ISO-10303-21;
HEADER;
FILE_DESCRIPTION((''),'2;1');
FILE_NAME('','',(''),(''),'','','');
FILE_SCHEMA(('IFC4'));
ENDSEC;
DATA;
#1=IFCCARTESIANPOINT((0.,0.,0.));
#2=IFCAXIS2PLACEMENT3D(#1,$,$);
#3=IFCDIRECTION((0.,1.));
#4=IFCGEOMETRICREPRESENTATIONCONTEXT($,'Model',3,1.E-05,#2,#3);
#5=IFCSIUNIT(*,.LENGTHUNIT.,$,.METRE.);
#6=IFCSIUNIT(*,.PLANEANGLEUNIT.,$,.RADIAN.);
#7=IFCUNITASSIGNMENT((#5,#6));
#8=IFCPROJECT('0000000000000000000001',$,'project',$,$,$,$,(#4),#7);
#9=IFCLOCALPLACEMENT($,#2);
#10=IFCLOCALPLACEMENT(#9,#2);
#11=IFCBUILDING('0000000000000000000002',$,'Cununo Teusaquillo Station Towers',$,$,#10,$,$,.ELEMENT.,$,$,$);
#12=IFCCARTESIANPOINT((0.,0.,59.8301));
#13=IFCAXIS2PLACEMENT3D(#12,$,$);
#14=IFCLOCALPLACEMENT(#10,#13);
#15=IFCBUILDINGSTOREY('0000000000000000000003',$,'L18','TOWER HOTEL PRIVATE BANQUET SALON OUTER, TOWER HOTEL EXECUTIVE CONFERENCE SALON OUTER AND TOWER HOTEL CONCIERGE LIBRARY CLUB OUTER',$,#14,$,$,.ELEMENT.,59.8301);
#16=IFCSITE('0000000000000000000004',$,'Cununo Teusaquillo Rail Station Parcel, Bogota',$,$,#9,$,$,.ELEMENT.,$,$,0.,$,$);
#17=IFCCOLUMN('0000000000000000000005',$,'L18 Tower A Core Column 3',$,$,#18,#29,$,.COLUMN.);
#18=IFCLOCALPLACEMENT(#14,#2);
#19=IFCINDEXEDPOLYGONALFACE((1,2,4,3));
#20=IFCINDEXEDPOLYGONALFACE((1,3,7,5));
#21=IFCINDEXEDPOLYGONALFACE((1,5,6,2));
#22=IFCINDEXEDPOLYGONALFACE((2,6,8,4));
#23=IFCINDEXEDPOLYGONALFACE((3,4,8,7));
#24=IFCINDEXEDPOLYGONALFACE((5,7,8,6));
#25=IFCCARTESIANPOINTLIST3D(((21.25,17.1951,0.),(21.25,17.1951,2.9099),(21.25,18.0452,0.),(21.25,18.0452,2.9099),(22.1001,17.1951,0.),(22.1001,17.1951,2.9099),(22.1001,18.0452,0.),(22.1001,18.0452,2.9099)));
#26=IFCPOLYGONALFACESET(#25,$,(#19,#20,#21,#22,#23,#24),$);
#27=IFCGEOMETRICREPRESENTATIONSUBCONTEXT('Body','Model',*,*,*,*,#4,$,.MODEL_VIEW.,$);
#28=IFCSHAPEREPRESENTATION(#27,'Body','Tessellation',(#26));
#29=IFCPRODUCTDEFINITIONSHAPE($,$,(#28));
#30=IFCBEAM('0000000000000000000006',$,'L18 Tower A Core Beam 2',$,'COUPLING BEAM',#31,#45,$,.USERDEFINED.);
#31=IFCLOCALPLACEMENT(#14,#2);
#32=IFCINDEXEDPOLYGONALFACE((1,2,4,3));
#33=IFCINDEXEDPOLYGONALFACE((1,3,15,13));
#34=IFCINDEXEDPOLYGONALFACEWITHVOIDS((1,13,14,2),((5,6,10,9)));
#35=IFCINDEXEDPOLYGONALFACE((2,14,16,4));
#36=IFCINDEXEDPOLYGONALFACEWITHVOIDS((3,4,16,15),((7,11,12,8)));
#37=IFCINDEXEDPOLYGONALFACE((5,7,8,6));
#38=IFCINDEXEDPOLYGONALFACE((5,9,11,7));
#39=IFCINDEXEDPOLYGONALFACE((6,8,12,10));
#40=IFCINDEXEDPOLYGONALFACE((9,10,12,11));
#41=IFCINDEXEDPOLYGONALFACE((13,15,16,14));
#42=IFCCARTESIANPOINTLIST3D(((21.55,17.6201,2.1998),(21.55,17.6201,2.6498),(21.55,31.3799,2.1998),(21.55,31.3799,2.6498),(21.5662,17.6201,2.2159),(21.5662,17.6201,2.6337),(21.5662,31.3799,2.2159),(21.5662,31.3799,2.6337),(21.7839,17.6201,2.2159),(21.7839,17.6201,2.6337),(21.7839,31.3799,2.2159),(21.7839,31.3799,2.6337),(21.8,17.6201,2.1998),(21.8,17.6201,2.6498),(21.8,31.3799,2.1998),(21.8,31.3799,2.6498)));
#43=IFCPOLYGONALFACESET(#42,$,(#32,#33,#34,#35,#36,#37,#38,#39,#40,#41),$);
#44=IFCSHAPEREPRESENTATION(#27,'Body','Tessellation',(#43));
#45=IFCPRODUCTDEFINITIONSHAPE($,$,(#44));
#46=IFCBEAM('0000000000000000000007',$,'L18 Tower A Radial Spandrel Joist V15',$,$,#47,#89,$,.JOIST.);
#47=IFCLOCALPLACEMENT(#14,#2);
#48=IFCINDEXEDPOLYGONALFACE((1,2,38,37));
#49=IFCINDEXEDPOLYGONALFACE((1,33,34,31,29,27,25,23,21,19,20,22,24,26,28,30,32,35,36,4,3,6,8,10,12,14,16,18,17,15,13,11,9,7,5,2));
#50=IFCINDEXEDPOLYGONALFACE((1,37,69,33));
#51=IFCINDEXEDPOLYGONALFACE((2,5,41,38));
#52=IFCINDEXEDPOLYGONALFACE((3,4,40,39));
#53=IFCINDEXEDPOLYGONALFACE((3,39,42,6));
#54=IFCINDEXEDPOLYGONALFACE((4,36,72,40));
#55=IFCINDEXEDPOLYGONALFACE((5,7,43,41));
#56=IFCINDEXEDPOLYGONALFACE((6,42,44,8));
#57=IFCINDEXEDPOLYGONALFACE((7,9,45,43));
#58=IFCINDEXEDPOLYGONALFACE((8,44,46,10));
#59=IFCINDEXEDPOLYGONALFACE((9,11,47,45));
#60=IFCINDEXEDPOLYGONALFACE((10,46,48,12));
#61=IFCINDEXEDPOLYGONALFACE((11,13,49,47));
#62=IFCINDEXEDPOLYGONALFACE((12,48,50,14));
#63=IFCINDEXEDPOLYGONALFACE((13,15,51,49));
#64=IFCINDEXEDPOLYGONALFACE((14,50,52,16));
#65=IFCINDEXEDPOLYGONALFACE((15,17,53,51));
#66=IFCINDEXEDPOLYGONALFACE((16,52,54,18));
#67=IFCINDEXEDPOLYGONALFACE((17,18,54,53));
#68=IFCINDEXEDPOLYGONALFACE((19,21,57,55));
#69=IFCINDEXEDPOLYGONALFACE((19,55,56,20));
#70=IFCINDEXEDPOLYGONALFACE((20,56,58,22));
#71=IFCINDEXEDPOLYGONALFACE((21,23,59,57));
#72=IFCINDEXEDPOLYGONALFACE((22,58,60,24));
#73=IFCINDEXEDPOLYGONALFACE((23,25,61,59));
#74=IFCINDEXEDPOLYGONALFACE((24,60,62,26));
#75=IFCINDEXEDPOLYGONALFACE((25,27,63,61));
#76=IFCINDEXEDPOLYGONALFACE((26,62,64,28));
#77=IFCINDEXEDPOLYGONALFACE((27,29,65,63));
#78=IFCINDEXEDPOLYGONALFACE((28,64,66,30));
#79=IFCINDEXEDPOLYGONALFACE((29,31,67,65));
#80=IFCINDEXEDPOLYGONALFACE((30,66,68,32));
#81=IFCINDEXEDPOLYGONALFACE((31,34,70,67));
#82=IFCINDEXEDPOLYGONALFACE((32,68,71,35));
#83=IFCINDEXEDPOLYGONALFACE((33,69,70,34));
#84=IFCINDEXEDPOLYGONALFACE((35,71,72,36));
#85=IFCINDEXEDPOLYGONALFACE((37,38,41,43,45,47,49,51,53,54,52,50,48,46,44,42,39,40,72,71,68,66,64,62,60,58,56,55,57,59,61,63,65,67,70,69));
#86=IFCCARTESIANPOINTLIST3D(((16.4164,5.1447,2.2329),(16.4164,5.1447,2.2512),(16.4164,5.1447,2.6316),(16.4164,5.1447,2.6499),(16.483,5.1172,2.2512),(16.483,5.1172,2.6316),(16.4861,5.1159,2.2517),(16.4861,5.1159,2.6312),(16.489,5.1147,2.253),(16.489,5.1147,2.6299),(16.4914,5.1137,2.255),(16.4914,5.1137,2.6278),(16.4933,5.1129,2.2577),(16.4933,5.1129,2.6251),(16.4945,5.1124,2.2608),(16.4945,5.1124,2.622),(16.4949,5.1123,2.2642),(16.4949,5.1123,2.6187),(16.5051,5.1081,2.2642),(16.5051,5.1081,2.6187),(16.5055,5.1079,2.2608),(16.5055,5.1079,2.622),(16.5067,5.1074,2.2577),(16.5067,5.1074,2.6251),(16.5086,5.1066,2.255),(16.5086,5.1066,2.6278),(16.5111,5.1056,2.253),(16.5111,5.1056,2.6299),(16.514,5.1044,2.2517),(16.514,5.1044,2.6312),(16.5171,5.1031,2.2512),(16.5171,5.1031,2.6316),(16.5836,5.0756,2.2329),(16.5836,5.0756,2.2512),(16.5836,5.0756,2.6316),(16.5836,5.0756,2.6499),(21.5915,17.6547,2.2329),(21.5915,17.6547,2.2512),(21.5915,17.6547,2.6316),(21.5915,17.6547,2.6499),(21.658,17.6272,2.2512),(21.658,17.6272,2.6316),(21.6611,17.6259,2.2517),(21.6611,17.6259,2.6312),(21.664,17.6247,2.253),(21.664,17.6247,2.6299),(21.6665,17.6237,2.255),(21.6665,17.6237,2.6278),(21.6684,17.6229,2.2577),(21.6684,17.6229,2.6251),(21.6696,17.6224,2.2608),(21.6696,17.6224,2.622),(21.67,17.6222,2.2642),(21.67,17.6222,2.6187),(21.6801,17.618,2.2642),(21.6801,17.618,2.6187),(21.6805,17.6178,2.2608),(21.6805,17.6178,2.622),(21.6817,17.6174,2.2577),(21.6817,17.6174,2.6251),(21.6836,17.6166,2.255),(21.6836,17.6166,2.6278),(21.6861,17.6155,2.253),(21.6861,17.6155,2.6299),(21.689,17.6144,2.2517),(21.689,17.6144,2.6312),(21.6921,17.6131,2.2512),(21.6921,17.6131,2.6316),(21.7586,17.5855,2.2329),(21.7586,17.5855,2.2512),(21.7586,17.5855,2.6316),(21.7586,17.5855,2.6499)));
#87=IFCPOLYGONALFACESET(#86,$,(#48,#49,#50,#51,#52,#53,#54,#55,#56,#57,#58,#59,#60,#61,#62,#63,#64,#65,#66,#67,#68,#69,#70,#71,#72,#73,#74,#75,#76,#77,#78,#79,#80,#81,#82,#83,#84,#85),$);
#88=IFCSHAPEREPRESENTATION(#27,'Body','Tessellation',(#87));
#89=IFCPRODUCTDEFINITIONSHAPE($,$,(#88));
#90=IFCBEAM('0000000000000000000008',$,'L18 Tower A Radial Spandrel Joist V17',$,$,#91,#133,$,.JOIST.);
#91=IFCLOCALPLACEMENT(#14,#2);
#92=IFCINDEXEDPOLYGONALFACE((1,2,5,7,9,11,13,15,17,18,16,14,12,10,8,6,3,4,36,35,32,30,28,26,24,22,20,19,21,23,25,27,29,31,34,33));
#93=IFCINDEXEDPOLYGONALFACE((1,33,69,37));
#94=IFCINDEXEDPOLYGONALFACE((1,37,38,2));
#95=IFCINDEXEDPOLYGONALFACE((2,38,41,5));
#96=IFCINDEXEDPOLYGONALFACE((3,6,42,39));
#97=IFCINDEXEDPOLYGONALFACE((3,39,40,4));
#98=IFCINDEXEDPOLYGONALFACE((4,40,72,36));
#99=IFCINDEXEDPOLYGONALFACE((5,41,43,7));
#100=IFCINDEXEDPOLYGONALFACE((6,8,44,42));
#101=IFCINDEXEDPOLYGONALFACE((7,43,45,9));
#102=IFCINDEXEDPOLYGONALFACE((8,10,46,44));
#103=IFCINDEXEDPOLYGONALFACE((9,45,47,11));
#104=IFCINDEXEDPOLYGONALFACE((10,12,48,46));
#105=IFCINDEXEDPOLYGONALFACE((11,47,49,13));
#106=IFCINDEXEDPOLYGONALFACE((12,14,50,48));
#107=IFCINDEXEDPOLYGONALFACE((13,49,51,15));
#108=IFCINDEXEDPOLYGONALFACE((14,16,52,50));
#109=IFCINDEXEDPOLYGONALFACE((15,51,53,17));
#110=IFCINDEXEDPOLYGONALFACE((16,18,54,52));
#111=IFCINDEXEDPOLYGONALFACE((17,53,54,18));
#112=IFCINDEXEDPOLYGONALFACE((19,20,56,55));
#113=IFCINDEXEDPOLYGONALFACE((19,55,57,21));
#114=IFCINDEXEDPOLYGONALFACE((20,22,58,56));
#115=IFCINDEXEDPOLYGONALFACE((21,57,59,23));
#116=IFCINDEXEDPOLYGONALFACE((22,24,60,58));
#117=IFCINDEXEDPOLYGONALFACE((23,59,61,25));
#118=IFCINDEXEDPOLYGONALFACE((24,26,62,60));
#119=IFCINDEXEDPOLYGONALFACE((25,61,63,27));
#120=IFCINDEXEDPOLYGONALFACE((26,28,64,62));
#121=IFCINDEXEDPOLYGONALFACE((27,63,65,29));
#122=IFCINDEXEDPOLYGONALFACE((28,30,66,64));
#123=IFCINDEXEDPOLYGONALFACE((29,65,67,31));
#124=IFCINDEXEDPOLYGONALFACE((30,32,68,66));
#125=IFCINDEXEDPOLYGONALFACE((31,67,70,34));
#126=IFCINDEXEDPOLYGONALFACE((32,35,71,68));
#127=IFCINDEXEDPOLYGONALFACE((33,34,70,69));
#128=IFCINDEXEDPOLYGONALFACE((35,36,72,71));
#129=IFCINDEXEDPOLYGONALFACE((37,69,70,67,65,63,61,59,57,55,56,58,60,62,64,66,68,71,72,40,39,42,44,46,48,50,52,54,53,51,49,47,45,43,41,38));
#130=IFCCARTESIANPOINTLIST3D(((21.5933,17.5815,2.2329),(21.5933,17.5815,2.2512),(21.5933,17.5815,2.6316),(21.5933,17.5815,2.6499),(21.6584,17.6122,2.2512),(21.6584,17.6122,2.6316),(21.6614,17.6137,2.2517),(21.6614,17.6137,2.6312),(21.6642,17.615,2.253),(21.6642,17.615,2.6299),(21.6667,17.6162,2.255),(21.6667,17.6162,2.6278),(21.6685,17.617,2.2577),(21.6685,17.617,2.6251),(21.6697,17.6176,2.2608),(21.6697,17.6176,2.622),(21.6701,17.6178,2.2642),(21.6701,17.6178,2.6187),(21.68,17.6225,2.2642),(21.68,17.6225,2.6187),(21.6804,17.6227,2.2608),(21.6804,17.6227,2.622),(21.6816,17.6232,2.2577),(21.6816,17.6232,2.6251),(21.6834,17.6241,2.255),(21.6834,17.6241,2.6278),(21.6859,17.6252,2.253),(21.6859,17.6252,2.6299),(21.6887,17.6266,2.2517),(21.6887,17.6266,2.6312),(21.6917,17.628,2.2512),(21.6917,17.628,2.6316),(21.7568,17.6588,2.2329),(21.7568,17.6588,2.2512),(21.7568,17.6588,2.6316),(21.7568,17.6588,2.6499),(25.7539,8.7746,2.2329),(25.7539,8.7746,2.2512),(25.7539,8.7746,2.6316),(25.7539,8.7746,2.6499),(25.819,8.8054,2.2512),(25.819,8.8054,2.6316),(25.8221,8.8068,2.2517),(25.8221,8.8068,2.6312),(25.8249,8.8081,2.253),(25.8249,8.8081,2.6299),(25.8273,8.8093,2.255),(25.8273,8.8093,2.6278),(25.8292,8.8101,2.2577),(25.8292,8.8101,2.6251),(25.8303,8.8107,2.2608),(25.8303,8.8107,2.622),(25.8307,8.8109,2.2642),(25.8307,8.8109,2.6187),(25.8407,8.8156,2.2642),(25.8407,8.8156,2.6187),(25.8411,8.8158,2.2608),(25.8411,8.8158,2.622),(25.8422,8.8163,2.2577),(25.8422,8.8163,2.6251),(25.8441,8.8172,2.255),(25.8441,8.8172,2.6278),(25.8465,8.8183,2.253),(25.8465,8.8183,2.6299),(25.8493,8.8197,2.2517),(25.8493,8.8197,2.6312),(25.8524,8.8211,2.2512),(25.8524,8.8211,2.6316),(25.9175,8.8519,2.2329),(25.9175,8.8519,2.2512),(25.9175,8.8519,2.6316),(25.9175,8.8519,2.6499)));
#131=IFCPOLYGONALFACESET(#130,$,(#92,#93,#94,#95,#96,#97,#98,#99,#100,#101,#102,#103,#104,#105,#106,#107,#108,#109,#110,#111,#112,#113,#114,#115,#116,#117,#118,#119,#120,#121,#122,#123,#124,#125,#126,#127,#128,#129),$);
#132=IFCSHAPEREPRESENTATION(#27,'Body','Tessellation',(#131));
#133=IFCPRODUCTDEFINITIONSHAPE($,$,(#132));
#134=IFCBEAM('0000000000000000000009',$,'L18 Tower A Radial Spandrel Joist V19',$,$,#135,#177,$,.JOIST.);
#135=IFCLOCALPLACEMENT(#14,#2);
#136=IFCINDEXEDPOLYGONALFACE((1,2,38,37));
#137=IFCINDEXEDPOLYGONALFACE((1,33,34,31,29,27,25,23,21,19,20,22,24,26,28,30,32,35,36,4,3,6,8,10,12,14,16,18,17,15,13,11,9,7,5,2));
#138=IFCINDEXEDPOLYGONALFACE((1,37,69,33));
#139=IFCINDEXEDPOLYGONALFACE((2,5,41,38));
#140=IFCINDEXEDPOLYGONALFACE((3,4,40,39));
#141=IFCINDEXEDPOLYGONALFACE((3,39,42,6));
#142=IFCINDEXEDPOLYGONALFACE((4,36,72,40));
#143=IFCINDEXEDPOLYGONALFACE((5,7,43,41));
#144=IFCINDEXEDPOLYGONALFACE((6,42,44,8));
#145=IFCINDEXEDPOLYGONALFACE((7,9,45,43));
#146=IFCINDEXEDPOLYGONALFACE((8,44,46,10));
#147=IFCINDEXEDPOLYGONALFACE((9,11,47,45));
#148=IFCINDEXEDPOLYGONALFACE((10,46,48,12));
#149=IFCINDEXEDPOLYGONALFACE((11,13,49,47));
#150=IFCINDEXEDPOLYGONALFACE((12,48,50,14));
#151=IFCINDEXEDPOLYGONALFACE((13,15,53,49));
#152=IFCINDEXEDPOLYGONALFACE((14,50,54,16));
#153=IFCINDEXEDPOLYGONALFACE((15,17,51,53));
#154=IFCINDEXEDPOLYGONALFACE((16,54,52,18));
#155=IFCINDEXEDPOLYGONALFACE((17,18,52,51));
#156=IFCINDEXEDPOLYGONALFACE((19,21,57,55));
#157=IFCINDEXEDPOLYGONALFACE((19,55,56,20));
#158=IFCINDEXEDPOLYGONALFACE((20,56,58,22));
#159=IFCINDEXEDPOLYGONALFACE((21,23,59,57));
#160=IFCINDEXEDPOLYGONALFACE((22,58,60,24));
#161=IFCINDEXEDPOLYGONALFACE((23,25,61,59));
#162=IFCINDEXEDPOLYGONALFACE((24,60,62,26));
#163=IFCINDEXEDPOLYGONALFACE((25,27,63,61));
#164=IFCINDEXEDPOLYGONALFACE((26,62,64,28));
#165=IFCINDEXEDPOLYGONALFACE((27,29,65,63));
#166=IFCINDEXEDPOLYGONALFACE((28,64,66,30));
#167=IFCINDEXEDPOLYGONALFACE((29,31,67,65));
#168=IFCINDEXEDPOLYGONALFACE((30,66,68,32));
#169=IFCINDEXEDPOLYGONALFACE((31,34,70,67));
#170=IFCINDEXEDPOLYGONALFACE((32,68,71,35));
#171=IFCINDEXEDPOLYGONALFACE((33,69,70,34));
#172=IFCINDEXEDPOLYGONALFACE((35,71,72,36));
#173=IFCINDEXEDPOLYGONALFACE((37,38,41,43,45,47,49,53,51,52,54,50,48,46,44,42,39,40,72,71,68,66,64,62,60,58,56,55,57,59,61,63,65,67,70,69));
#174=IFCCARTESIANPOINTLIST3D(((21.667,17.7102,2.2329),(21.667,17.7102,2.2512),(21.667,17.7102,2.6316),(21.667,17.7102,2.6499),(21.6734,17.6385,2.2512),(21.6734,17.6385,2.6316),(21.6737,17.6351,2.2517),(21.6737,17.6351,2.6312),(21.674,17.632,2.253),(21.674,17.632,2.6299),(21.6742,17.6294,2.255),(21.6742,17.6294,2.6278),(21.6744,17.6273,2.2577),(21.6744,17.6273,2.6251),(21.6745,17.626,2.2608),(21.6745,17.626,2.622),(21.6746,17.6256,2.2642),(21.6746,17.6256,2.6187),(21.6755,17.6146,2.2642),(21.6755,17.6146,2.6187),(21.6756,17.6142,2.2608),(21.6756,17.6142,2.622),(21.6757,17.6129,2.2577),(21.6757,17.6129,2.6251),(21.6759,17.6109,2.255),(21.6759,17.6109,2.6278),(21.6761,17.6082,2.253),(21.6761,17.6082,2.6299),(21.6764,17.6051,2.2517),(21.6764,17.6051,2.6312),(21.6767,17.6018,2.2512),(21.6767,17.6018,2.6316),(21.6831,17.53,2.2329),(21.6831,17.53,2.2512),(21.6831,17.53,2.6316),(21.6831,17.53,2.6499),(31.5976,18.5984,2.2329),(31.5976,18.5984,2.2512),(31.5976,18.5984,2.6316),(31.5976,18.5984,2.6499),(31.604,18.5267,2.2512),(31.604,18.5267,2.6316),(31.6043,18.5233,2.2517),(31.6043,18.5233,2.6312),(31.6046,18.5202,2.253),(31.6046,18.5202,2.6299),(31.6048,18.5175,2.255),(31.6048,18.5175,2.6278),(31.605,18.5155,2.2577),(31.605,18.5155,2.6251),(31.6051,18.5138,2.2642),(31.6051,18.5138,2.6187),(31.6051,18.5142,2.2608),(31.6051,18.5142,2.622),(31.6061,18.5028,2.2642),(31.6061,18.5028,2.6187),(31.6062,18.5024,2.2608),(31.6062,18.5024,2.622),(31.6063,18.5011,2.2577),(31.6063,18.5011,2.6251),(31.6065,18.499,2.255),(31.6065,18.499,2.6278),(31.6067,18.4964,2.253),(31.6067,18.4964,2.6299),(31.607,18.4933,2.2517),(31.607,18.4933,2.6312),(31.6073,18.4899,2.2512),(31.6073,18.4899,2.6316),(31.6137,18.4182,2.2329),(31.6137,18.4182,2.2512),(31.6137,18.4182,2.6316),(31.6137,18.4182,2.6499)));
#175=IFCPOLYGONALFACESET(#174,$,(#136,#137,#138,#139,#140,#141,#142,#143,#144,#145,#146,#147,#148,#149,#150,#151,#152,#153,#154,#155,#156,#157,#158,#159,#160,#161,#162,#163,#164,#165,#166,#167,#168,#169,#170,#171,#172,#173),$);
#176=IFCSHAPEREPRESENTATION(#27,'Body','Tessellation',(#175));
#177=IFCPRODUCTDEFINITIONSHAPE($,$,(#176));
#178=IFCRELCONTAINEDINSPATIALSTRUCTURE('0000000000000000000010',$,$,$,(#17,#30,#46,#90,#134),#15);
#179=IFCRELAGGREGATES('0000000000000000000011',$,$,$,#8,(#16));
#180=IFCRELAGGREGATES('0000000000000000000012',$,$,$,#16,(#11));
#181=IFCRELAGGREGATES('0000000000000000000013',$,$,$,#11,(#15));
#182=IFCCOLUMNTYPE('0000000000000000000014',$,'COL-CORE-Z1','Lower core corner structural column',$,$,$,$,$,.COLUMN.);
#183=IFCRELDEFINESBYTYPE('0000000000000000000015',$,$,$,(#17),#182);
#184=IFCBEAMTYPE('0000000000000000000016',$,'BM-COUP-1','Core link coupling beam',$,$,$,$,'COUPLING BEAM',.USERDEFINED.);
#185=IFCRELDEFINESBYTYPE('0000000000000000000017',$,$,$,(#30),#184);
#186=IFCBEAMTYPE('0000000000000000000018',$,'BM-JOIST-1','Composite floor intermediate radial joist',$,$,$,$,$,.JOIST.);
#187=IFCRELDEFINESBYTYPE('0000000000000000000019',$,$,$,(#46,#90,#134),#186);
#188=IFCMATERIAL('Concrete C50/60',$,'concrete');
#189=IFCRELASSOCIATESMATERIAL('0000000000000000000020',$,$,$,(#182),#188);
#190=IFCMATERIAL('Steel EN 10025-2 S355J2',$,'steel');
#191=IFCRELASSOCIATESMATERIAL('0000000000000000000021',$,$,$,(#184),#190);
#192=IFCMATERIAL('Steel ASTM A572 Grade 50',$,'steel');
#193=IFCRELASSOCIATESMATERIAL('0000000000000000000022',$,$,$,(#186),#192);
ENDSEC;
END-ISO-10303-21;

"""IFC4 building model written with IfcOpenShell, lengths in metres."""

from ifc_helpers import new_model, si_unit, direction, frame, origin, origin_2d, place, context, subcontext, project, spatial, rectangle, hollow_rectangle, i_section, extrude, material, material_profile, profile_set, type_object, element, save


model = new_model("IFC4")

# Units and contexts
model_context = context("Model", 3, precision=1e-05, world=origin(), true_north=direction((0.0, 1.0)))
body_context = subcontext(model_context, "Body", "Model", "MODEL_VIEW")
ifc_project = project(units=[si_unit("LENGTHUNIT", "METRE"), si_unit("PLANEANGLEUNIT", "RADIAN")], contexts=[model_context])

# Site, building, storey
site_placement = place(None, origin())
site = spatial("IfcSite", under=ifc_project, at=site_placement, Name="Cununo Teusaquillo Rail Station Parcel, Bogota", CompositionType="ELEMENT", RefElevation=0.0)
building_placement = place(site_placement, origin())
building = spatial("IfcBuilding", under=site, at=building_placement, Name="Cununo Teusaquillo Station Towers", CompositionType="ELEMENT")
storey_placement = place(building_placement, frame((0.0, 0.0, 59.8301)))
storey = spatial("IfcBuildingStorey", under=building, at=storey_placement, Name="L18", Description="TOWER HOTEL PRIVATE BANQUET SALON OUTER, TOWER HOTEL EXECUTIVE CONFERENCE SALON OUTER AND TOWER HOTEL CONCIERGE LIBRARY CLUB OUTER", CompositionType="ELEMENT", Elevation=59.8301)

# Column
ifc_material_1 = material(Name="Concrete C50/60", Category="concrete")
ifc_material_profile_1 = material_profile(ifc_material_1, rectangle(XDim=0.8501, YDim=0.8501, at=origin_2d()), Name="RC-RECT-850x850")
ifc_profile_set_1 = profile_set([ifc_material_profile_1], Name="Concrete C50/60")
column_type = type_object("IfcColumnType", Name="COL-CORE-Z1", Description="Lower core corner structural column", PredefinedType="COLUMN", material=ifc_profile_set_1)
column_placement = place(storey_placement, frame((21.675, 17.6201, 0.0), z_axis=(0.0, 0.0, 1.0), x_axis=(1.0, 0.0, 0.0)))
element("IfcColumn", 1, at=column_placement, inside=storey, type_object=column_type, Name="L18 Tower A Core Column 3", PredefinedType="COLUMN", context=body_context, shape_type="SweptSolid", body=[
    extrude(rectangle(XDim=0.8501, YDim=0.8501, at=origin_2d()), origin(), (0.0, 0.0, 1.0), 2.9099),
])

# Beams
ifc_material_2 = material(Name="Steel EN 10025-2 S355J2", Category="steel")
ifc_material_profile_2 = material_profile(ifc_material_2, hollow_rectangle(XDim=0.25, YDim=0.45, WallThickness=0.0161, at=origin_2d()), Name="RHS 450x250x16")
ifc_profile_set_2 = profile_set([ifc_material_profile_2], Name="Steel EN 10025-2 S355J2")
beam_type_1 = type_object("IfcBeamType", Name="BM-COUP-1", Description="Core link coupling beam", ElementType="COUPLING BEAM", PredefinedType="USERDEFINED", material=ifc_profile_set_2)
beam_1_placement = place(storey_placement, frame((21.675, 17.6201, 2.4248), z_axis=(0.0, 1.0, 0.0), x_axis=(-1.0, 0.0, 0.0)))
element("IfcBeam", 2, at=beam_1_placement, inside=storey, type_object=beam_type_1, Name="L18 Tower A Core Beam 2", ObjectType="COUPLING BEAM", PredefinedType="USERDEFINED", context=body_context, shape_type="SweptSolid", body=[
    extrude(hollow_rectangle(XDim=0.25, YDim=0.45, WallThickness=0.0161, at=origin_2d()), origin(), (0.0, 0.0, 1.0), 13.7598),
])
ifc_material_3 = material(Name="Steel ASTM A572 Grade 50", Category="steel")
ifc_material_profile_3 = material_profile(ifc_material_3, i_section(OverallWidth=0.1809, OverallDepth=0.417, WebThickness=0.011, FlangeThickness=0.0183, FilletRadius=0.0129, at=origin_2d()), Name="W16X57")
ifc_profile_set_3 = profile_set([ifc_material_profile_3], Name="Steel ASTM A572 Grade 50")
beam_type_2 = type_object("IfcBeamType", Name="BM-JOIST-1", Description="Composite floor intermediate radial joist", PredefinedType="JOIST", material=ifc_profile_set_3)
beam_2_placement = place(storey_placement, frame((21.675, 17.6201, 2.4414), z_axis=(-0.382257, -0.924056, 0.0), x_axis=(0.924056, -0.382257, 0.0)))
element("IfcBeam", 3, at=beam_2_placement, inside=storey, type_object=beam_type_2, Name="L18 Tower A Radial Spandrel Joist V15", PredefinedType="JOIST", context=body_context, shape_type="SweptSolid", body=[
    extrude(i_section(OverallWidth=0.1809, OverallDepth=0.417, WebThickness=0.011, FlangeThickness=0.0183, FilletRadius=0.0129, at=origin_2d()), origin(), (0.0, 0.0, 1.0), 13.5381),
])
beam_3_placement = place(storey_placement, frame((21.675, 17.6201, 2.4414), z_axis=(0.427161, -0.904176, 0.0), x_axis=(0.904176, 0.427161, 0.0)))
element("IfcBeam", 4, at=beam_3_placement, inside=storey, type_object=beam_type_2, Name="L18 Tower A Radial Spandrel Joist V17", PredefinedType="JOIST", context=body_context, shape_type="SweptSolid", body=[
    extrude(i_section(OverallWidth=0.1809, OverallDepth=0.417, WebThickness=0.011, FlangeThickness=0.0183, FilletRadius=0.0129, at=origin_2d()), origin(), (0.0, 0.0, 1.0), 9.7402),
])
beam_4_placement = place(storey_placement, frame((21.675, 17.6201, 2.4414), z_axis=(0.996024, 0.089083, 0.0), x_axis=(-0.089083, 0.996024, 0.0)))
element("IfcBeam", 5, at=beam_4_placement, inside=storey, type_object=beam_type_2, Name="L18 Tower A Radial Spandrel Joist V19", PredefinedType="JOIST", context=body_context, shape_type="SweptSolid", body=[
    extrude(i_section(OverallWidth=0.1809, OverallDepth=0.417, WebThickness=0.011, FlangeThickness=0.0183, FilletRadius=0.0129, at=origin_2d()), origin(), (0.0, 0.0, 1.0), 9.9702),
])

save(model, "model.ifc")
